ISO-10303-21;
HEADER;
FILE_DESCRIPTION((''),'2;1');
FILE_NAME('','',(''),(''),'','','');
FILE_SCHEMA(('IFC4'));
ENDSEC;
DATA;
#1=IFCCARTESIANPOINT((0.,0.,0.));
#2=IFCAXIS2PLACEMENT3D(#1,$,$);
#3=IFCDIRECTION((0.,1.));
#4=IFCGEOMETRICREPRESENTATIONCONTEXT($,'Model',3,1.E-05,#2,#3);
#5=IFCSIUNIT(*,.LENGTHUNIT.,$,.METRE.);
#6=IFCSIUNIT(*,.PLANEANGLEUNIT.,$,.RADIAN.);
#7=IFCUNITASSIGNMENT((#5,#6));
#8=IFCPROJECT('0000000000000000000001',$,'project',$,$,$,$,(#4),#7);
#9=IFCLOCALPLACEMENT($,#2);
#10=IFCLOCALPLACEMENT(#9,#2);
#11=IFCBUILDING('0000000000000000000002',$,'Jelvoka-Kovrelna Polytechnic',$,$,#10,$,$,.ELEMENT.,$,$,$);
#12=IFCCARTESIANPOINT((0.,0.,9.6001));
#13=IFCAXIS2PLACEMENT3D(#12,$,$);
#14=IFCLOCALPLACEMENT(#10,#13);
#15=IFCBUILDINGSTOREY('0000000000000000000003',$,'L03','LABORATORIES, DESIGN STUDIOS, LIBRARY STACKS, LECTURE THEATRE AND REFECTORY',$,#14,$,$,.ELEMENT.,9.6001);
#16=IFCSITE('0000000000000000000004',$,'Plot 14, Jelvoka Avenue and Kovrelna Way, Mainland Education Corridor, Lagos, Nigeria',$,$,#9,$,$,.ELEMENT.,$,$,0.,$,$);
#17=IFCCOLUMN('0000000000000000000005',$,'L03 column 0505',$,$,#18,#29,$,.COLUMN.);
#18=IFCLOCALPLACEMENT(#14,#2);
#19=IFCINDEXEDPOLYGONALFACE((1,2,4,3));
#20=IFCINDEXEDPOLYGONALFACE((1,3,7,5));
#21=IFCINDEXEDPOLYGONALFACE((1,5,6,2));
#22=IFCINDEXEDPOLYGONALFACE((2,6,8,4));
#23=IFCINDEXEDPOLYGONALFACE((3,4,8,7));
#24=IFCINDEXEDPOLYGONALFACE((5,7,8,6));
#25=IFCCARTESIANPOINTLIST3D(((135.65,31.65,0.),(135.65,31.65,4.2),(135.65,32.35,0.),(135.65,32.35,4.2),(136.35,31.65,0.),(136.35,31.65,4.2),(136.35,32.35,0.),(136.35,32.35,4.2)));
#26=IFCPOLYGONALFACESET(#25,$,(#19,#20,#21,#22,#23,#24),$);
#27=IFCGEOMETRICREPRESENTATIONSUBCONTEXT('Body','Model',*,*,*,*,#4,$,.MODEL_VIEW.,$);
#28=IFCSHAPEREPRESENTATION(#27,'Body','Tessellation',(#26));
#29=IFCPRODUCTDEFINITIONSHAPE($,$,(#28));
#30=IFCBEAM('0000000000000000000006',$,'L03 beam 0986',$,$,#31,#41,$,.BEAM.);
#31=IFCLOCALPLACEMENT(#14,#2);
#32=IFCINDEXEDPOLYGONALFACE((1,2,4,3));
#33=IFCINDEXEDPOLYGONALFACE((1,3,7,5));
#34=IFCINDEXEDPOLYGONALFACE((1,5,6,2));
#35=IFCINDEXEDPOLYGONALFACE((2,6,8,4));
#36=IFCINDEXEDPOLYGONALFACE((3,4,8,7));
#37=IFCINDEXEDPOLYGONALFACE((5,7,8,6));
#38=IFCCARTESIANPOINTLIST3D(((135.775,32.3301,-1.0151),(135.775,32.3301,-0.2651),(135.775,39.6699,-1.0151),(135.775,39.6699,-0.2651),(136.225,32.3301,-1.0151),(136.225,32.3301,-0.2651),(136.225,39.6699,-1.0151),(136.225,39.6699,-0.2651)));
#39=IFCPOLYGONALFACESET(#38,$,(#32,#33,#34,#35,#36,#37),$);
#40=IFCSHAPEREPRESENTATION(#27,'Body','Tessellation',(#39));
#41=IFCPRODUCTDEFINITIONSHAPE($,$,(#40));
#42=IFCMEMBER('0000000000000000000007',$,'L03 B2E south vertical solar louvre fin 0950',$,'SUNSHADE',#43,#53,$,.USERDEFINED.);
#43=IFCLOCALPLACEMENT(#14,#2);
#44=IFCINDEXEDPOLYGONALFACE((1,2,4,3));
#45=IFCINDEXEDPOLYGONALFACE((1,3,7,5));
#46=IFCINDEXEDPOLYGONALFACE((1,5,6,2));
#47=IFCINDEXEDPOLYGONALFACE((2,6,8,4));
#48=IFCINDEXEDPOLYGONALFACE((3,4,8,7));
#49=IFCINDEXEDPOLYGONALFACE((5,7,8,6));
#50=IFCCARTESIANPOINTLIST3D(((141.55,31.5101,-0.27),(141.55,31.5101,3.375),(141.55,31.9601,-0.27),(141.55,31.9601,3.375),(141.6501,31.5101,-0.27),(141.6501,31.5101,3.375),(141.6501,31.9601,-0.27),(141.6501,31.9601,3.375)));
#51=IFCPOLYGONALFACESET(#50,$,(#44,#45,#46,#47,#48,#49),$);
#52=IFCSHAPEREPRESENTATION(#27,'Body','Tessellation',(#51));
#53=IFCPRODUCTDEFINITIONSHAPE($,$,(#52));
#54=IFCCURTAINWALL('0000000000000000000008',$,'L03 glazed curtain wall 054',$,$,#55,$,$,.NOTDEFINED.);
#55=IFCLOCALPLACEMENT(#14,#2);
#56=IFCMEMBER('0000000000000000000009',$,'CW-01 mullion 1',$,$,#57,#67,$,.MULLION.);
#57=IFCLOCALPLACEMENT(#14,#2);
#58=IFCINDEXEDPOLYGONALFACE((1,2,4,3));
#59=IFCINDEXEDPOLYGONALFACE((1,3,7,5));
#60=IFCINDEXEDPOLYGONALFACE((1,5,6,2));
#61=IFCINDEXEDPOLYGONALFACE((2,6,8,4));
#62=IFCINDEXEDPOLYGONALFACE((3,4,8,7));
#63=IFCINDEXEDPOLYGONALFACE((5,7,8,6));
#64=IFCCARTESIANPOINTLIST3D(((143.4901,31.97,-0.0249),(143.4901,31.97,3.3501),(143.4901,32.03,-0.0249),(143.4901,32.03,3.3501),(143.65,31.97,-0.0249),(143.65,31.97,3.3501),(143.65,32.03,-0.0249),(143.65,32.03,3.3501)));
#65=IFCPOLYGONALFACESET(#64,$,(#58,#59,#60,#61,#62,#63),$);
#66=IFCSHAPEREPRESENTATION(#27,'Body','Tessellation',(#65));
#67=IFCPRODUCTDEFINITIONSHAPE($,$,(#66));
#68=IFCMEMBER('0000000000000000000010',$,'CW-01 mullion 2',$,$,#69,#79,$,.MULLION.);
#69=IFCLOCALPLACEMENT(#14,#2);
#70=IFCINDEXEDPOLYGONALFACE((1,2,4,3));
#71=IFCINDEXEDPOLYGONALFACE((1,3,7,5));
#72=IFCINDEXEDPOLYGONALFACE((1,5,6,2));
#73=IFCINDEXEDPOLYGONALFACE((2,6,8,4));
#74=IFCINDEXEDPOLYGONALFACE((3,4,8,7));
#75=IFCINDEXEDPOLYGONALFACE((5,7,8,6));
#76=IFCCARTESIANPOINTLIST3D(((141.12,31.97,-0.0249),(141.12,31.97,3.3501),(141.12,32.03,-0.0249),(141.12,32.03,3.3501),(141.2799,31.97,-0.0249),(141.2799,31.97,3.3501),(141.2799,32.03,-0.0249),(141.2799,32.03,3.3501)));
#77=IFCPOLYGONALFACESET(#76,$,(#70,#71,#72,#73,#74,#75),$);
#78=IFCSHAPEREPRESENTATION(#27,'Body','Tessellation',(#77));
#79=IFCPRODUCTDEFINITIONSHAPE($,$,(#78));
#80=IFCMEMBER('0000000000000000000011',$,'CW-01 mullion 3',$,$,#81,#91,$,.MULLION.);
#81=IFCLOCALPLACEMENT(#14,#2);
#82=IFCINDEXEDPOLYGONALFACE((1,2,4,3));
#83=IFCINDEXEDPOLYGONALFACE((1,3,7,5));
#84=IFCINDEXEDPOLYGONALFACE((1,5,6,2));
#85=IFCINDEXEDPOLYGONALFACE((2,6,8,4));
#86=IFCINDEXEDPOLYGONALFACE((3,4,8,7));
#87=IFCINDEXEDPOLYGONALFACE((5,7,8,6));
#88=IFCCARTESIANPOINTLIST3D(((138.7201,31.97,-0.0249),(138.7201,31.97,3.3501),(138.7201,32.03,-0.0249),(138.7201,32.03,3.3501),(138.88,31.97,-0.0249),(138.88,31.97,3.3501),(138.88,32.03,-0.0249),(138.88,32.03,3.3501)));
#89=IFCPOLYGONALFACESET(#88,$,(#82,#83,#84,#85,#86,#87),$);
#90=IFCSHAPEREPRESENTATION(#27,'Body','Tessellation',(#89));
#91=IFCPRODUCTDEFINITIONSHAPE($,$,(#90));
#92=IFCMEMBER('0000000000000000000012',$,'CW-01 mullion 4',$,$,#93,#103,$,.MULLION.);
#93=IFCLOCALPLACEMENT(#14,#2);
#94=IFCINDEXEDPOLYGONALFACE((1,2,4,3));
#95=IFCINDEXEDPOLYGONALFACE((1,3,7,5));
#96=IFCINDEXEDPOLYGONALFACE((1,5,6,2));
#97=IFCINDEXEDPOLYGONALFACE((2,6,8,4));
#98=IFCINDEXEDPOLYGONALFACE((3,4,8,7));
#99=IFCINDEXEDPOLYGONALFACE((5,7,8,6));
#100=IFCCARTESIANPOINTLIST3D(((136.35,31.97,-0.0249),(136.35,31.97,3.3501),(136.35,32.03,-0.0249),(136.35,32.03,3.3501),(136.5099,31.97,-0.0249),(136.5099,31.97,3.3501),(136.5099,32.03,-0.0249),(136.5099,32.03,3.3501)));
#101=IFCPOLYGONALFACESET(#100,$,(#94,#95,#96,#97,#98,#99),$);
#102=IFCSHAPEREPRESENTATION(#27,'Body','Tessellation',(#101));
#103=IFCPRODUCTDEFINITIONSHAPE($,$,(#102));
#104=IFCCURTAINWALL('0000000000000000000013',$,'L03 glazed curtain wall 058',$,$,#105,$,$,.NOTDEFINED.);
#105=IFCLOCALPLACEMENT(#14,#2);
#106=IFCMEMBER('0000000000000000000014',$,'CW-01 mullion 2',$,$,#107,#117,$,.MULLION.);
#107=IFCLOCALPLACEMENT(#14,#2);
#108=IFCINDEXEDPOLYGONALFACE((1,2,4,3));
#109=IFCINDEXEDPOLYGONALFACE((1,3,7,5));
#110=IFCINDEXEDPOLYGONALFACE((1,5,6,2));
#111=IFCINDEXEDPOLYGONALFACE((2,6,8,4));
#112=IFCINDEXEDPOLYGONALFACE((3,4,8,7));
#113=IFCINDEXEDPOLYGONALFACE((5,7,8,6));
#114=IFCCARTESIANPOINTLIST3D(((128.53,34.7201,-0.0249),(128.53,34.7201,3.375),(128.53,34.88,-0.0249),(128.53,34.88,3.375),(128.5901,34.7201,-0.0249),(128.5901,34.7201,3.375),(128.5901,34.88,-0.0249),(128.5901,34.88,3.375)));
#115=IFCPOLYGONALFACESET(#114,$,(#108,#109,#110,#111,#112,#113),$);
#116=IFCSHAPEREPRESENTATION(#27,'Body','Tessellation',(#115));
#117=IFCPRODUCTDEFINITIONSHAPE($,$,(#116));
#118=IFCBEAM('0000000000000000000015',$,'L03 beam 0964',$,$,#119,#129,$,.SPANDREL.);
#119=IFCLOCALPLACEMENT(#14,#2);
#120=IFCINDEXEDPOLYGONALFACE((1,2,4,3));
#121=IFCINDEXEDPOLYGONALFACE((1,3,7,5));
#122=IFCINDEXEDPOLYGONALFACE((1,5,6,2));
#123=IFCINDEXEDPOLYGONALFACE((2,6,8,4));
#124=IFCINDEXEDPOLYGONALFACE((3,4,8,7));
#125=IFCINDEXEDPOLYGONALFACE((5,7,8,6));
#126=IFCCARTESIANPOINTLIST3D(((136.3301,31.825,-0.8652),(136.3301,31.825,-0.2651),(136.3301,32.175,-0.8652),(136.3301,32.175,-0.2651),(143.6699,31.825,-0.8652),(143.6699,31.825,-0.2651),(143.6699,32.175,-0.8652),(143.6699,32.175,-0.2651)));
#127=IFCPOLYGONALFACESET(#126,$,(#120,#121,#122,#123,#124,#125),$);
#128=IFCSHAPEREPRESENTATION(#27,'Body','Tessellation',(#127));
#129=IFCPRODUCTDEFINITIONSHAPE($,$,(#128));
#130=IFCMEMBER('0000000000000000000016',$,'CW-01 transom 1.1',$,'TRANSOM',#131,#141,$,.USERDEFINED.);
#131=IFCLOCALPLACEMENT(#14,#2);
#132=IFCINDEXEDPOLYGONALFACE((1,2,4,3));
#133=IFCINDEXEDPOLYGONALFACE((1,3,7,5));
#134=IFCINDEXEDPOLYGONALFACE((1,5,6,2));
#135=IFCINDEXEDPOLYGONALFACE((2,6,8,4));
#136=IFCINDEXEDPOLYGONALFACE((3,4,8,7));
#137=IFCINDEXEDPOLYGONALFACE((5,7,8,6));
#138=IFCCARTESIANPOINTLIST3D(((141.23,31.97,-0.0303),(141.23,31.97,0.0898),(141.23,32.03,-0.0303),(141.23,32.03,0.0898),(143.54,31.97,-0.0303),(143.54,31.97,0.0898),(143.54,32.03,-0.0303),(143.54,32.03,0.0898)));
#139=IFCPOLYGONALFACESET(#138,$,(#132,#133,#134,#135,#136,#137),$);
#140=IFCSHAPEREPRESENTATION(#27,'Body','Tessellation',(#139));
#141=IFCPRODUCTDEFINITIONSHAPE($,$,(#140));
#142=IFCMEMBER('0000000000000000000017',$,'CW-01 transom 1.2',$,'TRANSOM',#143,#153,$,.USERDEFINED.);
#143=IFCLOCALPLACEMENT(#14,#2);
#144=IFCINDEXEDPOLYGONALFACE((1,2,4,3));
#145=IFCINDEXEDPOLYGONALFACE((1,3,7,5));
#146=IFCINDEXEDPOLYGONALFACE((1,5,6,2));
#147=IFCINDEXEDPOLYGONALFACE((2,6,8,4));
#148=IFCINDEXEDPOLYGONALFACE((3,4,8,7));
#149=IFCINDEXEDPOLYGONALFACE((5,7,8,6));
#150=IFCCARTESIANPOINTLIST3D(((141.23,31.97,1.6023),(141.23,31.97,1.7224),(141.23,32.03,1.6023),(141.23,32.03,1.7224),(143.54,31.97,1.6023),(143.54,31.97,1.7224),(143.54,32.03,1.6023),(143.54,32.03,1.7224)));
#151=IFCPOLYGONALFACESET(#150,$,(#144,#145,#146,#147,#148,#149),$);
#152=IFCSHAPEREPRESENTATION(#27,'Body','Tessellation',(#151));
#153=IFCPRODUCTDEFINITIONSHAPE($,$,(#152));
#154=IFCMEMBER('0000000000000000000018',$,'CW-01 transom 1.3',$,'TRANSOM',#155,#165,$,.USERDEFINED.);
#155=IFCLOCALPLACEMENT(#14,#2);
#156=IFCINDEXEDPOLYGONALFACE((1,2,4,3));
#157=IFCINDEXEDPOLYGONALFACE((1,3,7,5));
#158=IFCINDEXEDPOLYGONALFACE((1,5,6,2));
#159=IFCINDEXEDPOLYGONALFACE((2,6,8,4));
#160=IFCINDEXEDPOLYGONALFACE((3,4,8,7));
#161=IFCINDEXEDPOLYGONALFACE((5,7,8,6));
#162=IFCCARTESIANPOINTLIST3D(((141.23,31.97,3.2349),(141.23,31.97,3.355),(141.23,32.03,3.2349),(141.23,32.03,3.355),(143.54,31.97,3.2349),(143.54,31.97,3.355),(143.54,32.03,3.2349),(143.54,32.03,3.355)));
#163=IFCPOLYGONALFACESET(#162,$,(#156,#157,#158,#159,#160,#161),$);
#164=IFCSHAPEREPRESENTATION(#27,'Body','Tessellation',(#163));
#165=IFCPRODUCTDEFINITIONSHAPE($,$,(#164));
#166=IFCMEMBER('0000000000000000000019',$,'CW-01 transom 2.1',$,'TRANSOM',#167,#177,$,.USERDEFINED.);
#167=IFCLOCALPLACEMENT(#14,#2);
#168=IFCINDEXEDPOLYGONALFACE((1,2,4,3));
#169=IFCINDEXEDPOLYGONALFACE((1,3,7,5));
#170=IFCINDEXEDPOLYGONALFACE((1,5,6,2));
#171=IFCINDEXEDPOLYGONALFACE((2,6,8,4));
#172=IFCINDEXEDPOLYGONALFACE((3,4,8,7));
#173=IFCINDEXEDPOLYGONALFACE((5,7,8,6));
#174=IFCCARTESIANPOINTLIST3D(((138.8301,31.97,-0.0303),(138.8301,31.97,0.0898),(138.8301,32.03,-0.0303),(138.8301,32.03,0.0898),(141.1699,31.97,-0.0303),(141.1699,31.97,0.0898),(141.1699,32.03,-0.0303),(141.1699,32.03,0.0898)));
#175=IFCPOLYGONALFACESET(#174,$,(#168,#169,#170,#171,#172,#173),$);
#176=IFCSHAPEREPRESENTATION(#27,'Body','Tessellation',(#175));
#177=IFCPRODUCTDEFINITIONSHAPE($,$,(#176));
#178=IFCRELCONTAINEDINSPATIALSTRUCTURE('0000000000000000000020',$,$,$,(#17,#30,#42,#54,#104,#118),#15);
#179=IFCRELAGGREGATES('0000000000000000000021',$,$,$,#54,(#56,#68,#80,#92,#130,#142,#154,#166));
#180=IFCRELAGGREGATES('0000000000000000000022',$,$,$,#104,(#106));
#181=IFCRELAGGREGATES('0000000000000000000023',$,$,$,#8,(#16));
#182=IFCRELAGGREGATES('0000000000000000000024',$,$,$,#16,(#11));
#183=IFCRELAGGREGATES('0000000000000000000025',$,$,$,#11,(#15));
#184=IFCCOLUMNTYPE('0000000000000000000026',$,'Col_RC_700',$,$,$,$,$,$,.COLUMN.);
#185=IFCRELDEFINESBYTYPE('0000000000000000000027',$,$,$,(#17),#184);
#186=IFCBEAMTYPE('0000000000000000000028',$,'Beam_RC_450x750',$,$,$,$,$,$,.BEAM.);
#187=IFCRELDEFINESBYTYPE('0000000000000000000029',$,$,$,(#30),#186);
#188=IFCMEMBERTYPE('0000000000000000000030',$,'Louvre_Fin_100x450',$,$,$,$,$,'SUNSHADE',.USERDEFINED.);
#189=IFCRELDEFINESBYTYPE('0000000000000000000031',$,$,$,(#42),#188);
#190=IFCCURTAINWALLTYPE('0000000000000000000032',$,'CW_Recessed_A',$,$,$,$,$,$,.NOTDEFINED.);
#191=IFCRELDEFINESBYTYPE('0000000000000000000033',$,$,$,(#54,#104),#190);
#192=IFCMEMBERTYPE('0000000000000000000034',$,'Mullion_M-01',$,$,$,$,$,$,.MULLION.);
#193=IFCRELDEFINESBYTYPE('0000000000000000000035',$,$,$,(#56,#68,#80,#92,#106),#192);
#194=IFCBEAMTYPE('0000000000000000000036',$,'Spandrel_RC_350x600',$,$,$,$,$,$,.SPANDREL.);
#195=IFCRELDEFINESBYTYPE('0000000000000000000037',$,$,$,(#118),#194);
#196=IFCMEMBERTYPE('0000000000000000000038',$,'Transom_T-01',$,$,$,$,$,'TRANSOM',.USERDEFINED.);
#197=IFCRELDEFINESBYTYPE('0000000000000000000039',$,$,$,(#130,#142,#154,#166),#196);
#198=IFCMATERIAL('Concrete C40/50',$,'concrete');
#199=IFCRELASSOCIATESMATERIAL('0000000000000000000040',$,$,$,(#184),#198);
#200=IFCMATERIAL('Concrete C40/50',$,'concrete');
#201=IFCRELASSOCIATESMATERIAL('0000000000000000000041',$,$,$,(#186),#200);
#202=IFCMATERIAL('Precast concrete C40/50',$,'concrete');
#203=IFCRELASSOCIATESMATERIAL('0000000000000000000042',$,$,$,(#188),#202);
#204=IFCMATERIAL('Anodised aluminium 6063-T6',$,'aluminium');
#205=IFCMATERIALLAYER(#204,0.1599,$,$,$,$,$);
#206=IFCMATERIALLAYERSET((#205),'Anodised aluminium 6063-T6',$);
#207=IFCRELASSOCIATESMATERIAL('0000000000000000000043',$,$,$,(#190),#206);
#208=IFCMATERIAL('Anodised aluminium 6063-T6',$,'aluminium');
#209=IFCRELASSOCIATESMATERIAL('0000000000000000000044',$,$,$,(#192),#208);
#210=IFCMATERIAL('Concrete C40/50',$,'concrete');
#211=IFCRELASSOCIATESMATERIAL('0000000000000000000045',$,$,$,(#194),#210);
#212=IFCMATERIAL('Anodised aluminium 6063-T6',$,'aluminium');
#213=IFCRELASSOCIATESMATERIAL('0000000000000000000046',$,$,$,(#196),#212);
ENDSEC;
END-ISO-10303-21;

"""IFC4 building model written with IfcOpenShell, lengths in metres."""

from ifc_helpers import new_model, si_unit, direction, frame, origin, origin_2d, place, context, subcontext, project, spatial, rectangle, extrude, material, layer, layer_set, material_profile, profile_set, type_object, element, aggregate, save


model = new_model("IFC4")

# Units and contexts
model_context = context("Model", 3, precision=1e-05, world=origin(), true_north=direction((0.0, 1.0)))
body_context = subcontext(model_context, "Body", "Model", "MODEL_VIEW")
ifc_project = project(units=[si_unit("LENGTHUNIT", "METRE"), si_unit("PLANEANGLEUNIT", "RADIAN")], contexts=[model_context])

# Site, building, storey
site_placement = place(None, origin())
site = spatial("IfcSite", under=ifc_project, at=site_placement, Name="Plot 14, Jelvoka Avenue and Kovrelna Way, Mainland Education Corridor, Lagos, Nigeria", CompositionType="ELEMENT", RefElevation=0.0)
building_placement = place(site_placement, origin())
building = spatial("IfcBuilding", under=site, at=building_placement, Name="Jelvoka-Kovrelna Polytechnic", CompositionType="ELEMENT")
storey_placement = place(building_placement, frame((0.0, 0.0, 9.6001)))
storey = spatial("IfcBuildingStorey", under=building, at=storey_placement, Name="L03", Description="LABORATORIES, DESIGN STUDIOS, LIBRARY STACKS, LECTURE THEATRE AND REFECTORY", CompositionType="ELEMENT", Elevation=9.6001)

# Column
ifc_material_1 = material(Name="Concrete C40/50", Category="concrete")
ifc_material_profile_1 = material_profile(ifc_material_1, rectangle(XDim=0.7, YDim=0.7, at=origin_2d()), Name="RC 700x700")
ifc_profile_set_1 = profile_set([ifc_material_profile_1], Name="Concrete C40/50")
column_type = type_object("IfcColumnType", Name="Col_RC_700", PredefinedType="COLUMN", material=ifc_profile_set_1)
column_placement = place(storey_placement, frame((136.0, 32.0, 0.0), z_axis=(0.0, 0.0, 1.0), x_axis=(1.0, 0.0, 0.0)))
element("IfcColumn", 1, at=column_placement, inside=storey, type_object=column_type, Name="L03 column 0505", PredefinedType="COLUMN", context=body_context, shape_type="SweptSolid", body=[
    extrude(rectangle(XDim=0.7, YDim=0.7, at=origin_2d()), origin(), (0.0, 0.0, 1.0), 4.2),
])

# Beam
ifc_material_2 = material(Name="Concrete C40/50", Category="concrete")
ifc_material_profile_2 = material_profile(ifc_material_2, rectangle(XDim=0.45, YDim=0.75, at=origin_2d()), Name="RC 450x750")
ifc_profile_set_2 = profile_set([ifc_material_profile_2], Name="Concrete C40/50")
beam_type_1 = type_object("IfcBeamType", Name="Beam_RC_450x750", PredefinedType="BEAM", material=ifc_profile_set_2)
beam_1_placement = place(storey_placement, frame((136.0, 32.3301, -0.6401), z_axis=(0.0, 1.0, 0.0), x_axis=(-1.0, 0.0, 0.0)))
element("IfcBeam", 2, at=beam_1_placement, inside=storey, type_object=beam_type_1, Name="L03 beam 0986", PredefinedType="BEAM", context=body_context, shape_type="SweptSolid", body=[
    extrude(rectangle(XDim=0.45, YDim=0.75, at=origin_2d()), origin(), (0.0, 0.0, 1.0), 7.3398),
])

# Member
ifc_material_3 = material(Name="Precast concrete C40/50", Category="concrete")
ifc_material_profile_3 = material_profile(ifc_material_3, rectangle(XDim=0.1001, YDim=0.45, at=origin_2d()), Name="PC 100x450")
ifc_profile_set_3 = profile_set([ifc_material_profile_3], Name="Precast concrete C40/50")
member_type_1 = type_object("IfcMemberType", Name="Louvre_Fin_100x450", ElementType="SUNSHADE", PredefinedType="USERDEFINED", material=ifc_profile_set_3)
member_1_placement = place(storey_placement, frame((141.6001, 31.7351, -0.27), z_axis=(0.0, 0.0, 1.0), x_axis=(1.0, 0.0, 0.0)))
element("IfcMember", 3, at=member_1_placement, inside=storey, type_object=member_type_1, Name="L03 B2E south vertical solar louvre fin 0950", ObjectType="SUNSHADE", PredefinedType="USERDEFINED", context=body_context, shape_type="SweptSolid", body=[
    extrude(rectangle(XDim=0.1001, YDim=0.45, at=origin_2d()), origin(), (0.0, 0.0, 1.0), 3.645),
])

# Curtain wall, members
ifc_material_4 = material(Name="Anodised aluminium 6063-T6", Category="aluminium")
ifc_layer_1 = layer(ifc_material_4, 0.1599)
ifc_layer_set_1 = layer_set([ifc_layer_1], Name="Anodised aluminium 6063-T6")
curtain_wall_type = type_object("IfcCurtainWallType", Name="CW_Recessed_A", PredefinedType="NOTDEFINED", material=ifc_layer_set_1)
curtain_wall_1_placement = place(storey_placement, origin())
curtain_wall_1 = element("IfcCurtainWall", 4, at=curtain_wall_1_placement, inside=storey, type_object=curtain_wall_type, Name="L03 glazed curtain wall 054", PredefinedType="NOTDEFINED")
ifc_material_5 = material(Name="Anodised aluminium 6063-T6", Category="aluminium")
ifc_material_profile_4 = material_profile(ifc_material_5, rectangle(XDim=0.0601, YDim=0.1599, at=origin_2d()), Name="ALU 60x160")
ifc_profile_set_4 = profile_set([ifc_material_profile_4], Name="Anodised aluminium 6063-T6")
member_type_2 = type_object("IfcMemberType", Name="Mullion_M-01", PredefinedType="MULLION", material=ifc_profile_set_4)
member_2_placement = place(storey_placement, frame((143.5701, 32.0, -0.0249), z_axis=(0.0, 0.0, 1.0), x_axis=(0.0, -1.0, 0.0)))
member_2 = element("IfcMember", 5, at=member_2_placement, type_object=member_type_2, Name="CW-01 mullion 1", PredefinedType="MULLION", context=body_context, shape_type="SweptSolid", body=[
    extrude(rectangle(XDim=0.0601, YDim=0.1599, at=origin_2d()), origin(), (0.0, 0.0, 1.0), 3.375),
])
member_3_placement = place(storey_placement, frame((141.2, 32.0, -0.0249), z_axis=(0.0, 0.0, 1.0), x_axis=(0.0, -1.0, 0.0)))
member_3 = element("IfcMember", 6, at=member_3_placement, type_object=member_type_2, Name="CW-01 mullion 2", PredefinedType="MULLION", context=body_context, shape_type="SweptSolid", body=[
    extrude(rectangle(XDim=0.0601, YDim=0.1599, at=origin_2d()), origin(), (0.0, 0.0, 1.0), 3.375),
])
member_4_placement = place(storey_placement, frame((138.8, 32.0, -0.0249), z_axis=(0.0, 0.0, 1.0), x_axis=(0.0, -1.0, 0.0)))
member_4 = element("IfcMember", 7, at=member_4_placement, type_object=member_type_2, Name="CW-01 mullion 3", PredefinedType="MULLION", context=body_context, shape_type="SweptSolid", body=[
    extrude(rectangle(XDim=0.0601, YDim=0.1599, at=origin_2d()), origin(), (0.0, 0.0, 1.0), 3.375),
])
member_5_placement = place(storey_placement, frame((136.4299, 32.0, -0.0249), z_axis=(0.0, 0.0, 1.0), x_axis=(0.0, -1.0, 0.0)))
member_5 = element("IfcMember", 8, at=member_5_placement, type_object=member_type_2, Name="CW-01 mullion 4", PredefinedType="MULLION", context=body_context, shape_type="SweptSolid", body=[
    extrude(rectangle(XDim=0.0601, YDim=0.1599, at=origin_2d()), origin(), (0.0, 0.0, 1.0), 3.375),
])

# Curtain wall, member
curtain_wall_2_placement = place(storey_placement, origin())
curtain_wall_2 = element("IfcCurtainWall", 9, at=curtain_wall_2_placement, inside=storey, type_object=curtain_wall_type, Name="L03 glazed curtain wall 058", PredefinedType="NOTDEFINED")
member_6_placement = place(storey_placement, frame((128.5601, 34.8, -0.0249), z_axis=(0.0, 0.0, 1.0), x_axis=(-1.0, 0.0, 0.0)))
member_6 = element("IfcMember", 10, at=member_6_placement, type_object=member_type_2, Name="CW-01 mullion 2", PredefinedType="MULLION", context=body_context, shape_type="SweptSolid", body=[
    extrude(rectangle(XDim=0.0601, YDim=0.1599, at=origin_2d()), origin(), (0.0, 0.0, 1.0), 3.3999),
])

# Beam
ifc_material_6 = material(Name="Concrete C40/50", Category="concrete")
ifc_material_profile_5 = material_profile(ifc_material_6, rectangle(XDim=0.3501, YDim=0.6001, at=origin_2d()), Name="RC 350x600")
ifc_profile_set_5 = profile_set([ifc_material_profile_5], Name="Concrete C40/50")
beam_type_2 = type_object("IfcBeamType", Name="Spandrel_RC_350x600", PredefinedType="SPANDREL", material=ifc_profile_set_5)
beam_2_placement = place(storey_placement, frame((136.3301, 32.0, -0.5652), z_axis=(1.0, 0.0, 0.0), x_axis=(0.0, 1.0, 0.0)))
element("IfcBeam", 11, at=beam_2_placement, inside=storey, type_object=beam_type_2, Name="L03 beam 0964", PredefinedType="SPANDREL", context=body_context, shape_type="SweptSolid", body=[
    extrude(rectangle(XDim=0.3501, YDim=0.6001, at=origin_2d()), origin(), (0.0, 0.0, 1.0), 7.3398),
])

# Members
ifc_material_7 = material(Name="Anodised aluminium 6063-T6", Category="aluminium")
ifc_material_profile_6 = material_profile(ifc_material_7, rectangle(XDim=0.0601, YDim=0.1201, at=origin_2d()), Name="ALU 60x120")
ifc_profile_set_6 = profile_set([ifc_material_profile_6], Name="Anodised aluminium 6063-T6")
member_type_3 = type_object("IfcMemberType", Name="Transom_T-01", ElementType="TRANSOM", PredefinedType="USERDEFINED", material=ifc_profile_set_6)
member_7_placement = place(storey_placement, frame((143.54, 32.0, 0.0298), z_axis=(-1.0, 0.0, 0.0), x_axis=(0.0, -1.0, 0.0)))
member_7 = element("IfcMember", 12, at=member_7_placement, type_object=member_type_3, Name="CW-01 transom 1.1", ObjectType="TRANSOM", PredefinedType="USERDEFINED", context=body_context, shape_type="SweptSolid", body=[
    extrude(rectangle(XDim=0.0601, YDim=0.1201, at=origin_2d()), origin(), (0.0, 0.0, 1.0), 2.3101),
])
member_8_placement = place(storey_placement, frame((143.54, 32.0, 1.6624), z_axis=(-1.0, 0.0, 0.0), x_axis=(0.0, -1.0, 0.0)))
member_8 = element("IfcMember", 13, at=member_8_placement, type_object=member_type_3, Name="CW-01 transom 1.2", ObjectType="TRANSOM", PredefinedType="USERDEFINED", context=body_context, shape_type="SweptSolid", body=[
    extrude(rectangle(XDim=0.0601, YDim=0.1201, at=origin_2d()), origin(), (0.0, 0.0, 1.0), 2.3101),
])
member_9_placement = place(storey_placement, frame((143.54, 32.0, 3.2949), z_axis=(-1.0, 0.0, 0.0), x_axis=(0.0, -1.0, 0.0)))
member_9 = element("IfcMember", 14, at=member_9_placement, type_object=member_type_3, Name="CW-01 transom 1.3", ObjectType="TRANSOM", PredefinedType="USERDEFINED", context=body_context, shape_type="SweptSolid", body=[
    extrude(rectangle(XDim=0.0601, YDim=0.1201, at=origin_2d()), origin(), (0.0, 0.0, 1.0), 2.3101),
])
member_10_placement = place(storey_placement, frame((141.1699, 32.0, 0.0298), z_axis=(-1.0, 0.0, 0.0), x_axis=(0.0, -1.0, 0.0)))
member_10 = element("IfcMember", 15, at=member_10_placement, type_object=member_type_3, Name="CW-01 transom 2.1", ObjectType="TRANSOM", PredefinedType="USERDEFINED", context=body_context, shape_type="SweptSolid", body=[
    extrude(rectangle(XDim=0.0601, YDim=0.1201, at=origin_2d()), origin(), (0.0, 0.0, 1.0), 2.3398),
])

aggregate(curtain_wall_1, [member_2, member_3, member_4, member_5, member_7, member_8, member_9, member_10])
aggregate(curtain_wall_2, [member_6])

save(model, "model.ifc")
